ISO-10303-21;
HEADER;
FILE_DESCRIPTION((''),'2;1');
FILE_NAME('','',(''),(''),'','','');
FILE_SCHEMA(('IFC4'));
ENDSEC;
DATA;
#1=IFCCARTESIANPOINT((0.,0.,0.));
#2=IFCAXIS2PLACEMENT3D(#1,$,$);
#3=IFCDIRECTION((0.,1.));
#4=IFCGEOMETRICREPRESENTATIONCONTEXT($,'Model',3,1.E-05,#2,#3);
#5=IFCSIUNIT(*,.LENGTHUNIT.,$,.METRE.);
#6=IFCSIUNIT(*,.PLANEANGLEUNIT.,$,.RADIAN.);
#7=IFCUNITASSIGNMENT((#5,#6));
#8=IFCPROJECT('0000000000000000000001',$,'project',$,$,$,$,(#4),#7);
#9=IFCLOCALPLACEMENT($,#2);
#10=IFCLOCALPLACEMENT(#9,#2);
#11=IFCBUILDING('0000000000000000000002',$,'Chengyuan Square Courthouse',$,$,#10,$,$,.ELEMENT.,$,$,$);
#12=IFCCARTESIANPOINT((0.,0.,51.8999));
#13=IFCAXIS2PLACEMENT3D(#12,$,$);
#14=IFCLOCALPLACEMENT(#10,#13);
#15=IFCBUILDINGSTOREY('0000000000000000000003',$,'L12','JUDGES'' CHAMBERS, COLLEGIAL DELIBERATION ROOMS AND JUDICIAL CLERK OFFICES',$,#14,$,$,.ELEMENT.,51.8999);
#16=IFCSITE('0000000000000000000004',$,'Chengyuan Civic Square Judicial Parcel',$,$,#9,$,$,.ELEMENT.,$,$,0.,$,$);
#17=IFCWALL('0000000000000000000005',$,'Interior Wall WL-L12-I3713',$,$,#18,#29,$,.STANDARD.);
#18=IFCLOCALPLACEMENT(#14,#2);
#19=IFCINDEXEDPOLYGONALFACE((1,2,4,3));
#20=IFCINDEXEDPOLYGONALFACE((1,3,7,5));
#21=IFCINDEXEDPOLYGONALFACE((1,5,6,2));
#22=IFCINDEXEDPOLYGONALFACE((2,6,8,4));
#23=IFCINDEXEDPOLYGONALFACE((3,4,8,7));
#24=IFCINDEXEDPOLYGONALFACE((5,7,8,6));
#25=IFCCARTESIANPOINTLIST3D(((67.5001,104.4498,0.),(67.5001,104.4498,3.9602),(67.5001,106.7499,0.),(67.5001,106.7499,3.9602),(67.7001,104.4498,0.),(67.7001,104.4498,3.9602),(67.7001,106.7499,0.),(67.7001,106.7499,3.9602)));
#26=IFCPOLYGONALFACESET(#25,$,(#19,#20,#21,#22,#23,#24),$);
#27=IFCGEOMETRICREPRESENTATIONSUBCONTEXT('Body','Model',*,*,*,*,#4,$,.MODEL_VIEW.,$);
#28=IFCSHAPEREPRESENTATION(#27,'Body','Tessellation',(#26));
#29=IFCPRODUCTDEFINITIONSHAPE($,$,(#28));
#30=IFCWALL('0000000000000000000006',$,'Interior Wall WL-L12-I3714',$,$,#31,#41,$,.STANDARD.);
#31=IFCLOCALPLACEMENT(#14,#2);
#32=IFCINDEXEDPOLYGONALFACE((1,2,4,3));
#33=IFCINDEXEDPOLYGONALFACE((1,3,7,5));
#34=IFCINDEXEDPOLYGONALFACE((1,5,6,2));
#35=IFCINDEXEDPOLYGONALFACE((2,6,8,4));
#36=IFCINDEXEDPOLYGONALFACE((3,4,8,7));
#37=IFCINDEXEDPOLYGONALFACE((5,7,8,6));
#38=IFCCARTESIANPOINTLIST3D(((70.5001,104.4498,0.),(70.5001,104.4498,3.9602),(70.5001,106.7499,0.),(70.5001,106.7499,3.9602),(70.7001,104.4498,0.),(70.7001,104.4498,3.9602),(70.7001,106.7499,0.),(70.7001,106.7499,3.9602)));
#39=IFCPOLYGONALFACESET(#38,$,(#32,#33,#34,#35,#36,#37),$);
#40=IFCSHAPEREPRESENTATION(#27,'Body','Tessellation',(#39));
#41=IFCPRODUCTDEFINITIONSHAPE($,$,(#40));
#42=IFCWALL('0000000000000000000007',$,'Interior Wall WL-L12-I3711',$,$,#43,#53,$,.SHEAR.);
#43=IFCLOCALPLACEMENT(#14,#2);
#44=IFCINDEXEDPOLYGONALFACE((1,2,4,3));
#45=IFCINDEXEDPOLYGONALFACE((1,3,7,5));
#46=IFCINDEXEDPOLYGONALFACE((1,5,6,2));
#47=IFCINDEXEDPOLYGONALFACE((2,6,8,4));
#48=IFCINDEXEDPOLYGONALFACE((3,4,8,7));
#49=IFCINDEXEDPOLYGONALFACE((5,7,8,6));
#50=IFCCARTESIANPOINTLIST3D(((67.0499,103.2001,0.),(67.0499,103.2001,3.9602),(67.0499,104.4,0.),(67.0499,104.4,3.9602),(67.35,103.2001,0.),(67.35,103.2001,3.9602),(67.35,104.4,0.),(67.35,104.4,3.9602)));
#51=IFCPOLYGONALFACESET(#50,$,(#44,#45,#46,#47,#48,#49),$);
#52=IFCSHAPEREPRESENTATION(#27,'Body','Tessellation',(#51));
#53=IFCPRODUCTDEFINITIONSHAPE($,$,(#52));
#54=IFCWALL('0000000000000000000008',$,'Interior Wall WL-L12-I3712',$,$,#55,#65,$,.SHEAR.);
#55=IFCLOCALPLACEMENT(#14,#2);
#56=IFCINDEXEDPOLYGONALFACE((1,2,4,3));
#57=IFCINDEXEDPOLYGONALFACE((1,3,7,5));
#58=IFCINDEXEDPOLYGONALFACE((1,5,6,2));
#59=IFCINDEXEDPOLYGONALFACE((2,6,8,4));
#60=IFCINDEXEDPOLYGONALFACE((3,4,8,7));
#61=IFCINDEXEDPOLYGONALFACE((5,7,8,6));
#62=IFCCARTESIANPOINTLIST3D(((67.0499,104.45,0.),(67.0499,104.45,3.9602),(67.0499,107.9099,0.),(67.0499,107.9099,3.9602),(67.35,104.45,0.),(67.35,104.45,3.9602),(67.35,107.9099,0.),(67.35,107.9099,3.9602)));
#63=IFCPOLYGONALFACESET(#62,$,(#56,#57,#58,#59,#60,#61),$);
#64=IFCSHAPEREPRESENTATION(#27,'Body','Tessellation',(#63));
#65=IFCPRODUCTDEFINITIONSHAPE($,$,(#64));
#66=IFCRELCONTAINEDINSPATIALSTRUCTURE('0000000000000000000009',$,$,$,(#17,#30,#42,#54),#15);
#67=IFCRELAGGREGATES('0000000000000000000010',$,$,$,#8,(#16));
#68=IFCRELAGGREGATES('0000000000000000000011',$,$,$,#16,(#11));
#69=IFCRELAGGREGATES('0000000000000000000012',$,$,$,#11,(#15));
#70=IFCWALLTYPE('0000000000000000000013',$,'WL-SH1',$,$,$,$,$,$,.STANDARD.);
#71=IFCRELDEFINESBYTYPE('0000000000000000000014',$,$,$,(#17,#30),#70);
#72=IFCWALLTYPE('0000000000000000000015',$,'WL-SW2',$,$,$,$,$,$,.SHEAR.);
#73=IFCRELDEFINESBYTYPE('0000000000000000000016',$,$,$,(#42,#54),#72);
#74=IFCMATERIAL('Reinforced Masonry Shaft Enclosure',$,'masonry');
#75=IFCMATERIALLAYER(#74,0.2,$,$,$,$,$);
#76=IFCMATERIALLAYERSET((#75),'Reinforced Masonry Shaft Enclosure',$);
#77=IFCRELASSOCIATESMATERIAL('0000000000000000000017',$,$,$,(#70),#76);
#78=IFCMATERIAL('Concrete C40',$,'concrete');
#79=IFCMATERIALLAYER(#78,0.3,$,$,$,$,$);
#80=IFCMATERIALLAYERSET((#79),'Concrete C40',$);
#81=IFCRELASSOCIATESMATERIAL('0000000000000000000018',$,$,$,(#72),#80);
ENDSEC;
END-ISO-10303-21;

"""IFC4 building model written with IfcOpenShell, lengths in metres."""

from ifc_helpers import new_model, si_unit, direction, frame, frame_2d, origin, place, context, subcontext, project, spatial, rectangle, extrude, material, layer, layer_set, type_object, element, save


model = new_model("IFC4")

# Units and contexts
model_context = context("Model", 3, precision=1e-05, world=origin(), true_north=direction((0.0, 1.0)))
body_context = subcontext(model_context, "Body", "Model", "MODEL_VIEW")
ifc_project = project(units=[si_unit("LENGTHUNIT", "METRE"), si_unit("PLANEANGLEUNIT", "RADIAN")], contexts=[model_context])

# Site, building, storey
site_placement = place(None, origin())
site = spatial("IfcSite", under=ifc_project, at=site_placement, Name="Chengyuan Civic Square Judicial Parcel", CompositionType="ELEMENT", RefElevation=0.0)
building_placement = place(site_placement, origin())
building = spatial("IfcBuilding", under=site, at=building_placement, Name="Chengyuan Square Courthouse", CompositionType="ELEMENT")
storey_placement = place(building_placement, frame((0.0, 0.0, 51.8999)))
storey = spatial("IfcBuildingStorey", under=building, at=storey_placement, Name="L12", Description="JUDGES' CHAMBERS, COLLEGIAL DELIBERATION ROOMS AND JUDICIAL CLERK OFFICES", CompositionType="ELEMENT", Elevation=51.8999)

# Shared definitions
ifc_material_1 = material(Name="Concrete C40", Category="concrete")

# Shared definitions
ifc_material_2 = material(Name="Reinforced Masonry Shaft Enclosure", Category="masonry")
ifc_layer_1 = layer(ifc_material_2, 0.2)
ifc_layer_set_1 = layer_set([ifc_layer_1], Name="Reinforced Masonry Shaft Enclosure")
wall_type_1 = type_object("IfcWallType", Name="WL-SH1", PredefinedType="STANDARD", material=ifc_layer_set_1)

# Walls
for number, where, z_axis, x_axis, name in (
    (1, (67.6001, 104.45, 0.0), (0.0, 0.0, 1.0), (0.0, 1.0, 0.0), "Interior Wall WL-L12-I3713"),
    (2, (70.6001, 104.45, 0.0), (0.0, 0.0, 1.0), (0.0, 1.0, 0.0), "Interior Wall WL-L12-I3714"),
):
    element("IfcWall", number, at=place(storey_placement, frame(where, z_axis=z_axis, x_axis=x_axis)), inside=storey, type_object=wall_type_1, Name=name, PredefinedType="STANDARD", context=body_context, shape_type="SweptSolid", body=[
        extrude(rectangle(XDim=2.3, YDim=0.2, at=frame_2d((1.1499, 0.0))), origin(), (0.0, 0.0, 1.0), 3.9602),
    ])
ifc_layer_2 = layer(ifc_material_1, 0.3)
ifc_layer_set_2 = layer_set([ifc_layer_2], Name="Concrete C40")
wall_type_2 = type_object("IfcWallType", Name="WL-SW2", PredefinedType="SHEAR", material=ifc_layer_set_2)
wall_1_placement = place(storey_placement, frame((67.2, 103.2, 0.0), z_axis=(0.0, 0.0, 1.0), x_axis=(0.0, 1.0, 0.0)))
element("IfcWall", 3, at=wall_1_placement, inside=storey, type_object=wall_type_2, Name="Interior Wall WL-L12-I3711", PredefinedType="SHEAR", context=body_context, shape_type="SweptSolid", body=[
    extrude(rectangle(XDim=1.2, YDim=0.3, at=frame_2d((0.6001, 0.0))), origin(), (0.0, 0.0, 1.0), 3.9602),
])
wall_2_placement = place(storey_placement, frame((67.2, 104.45, 0.0), z_axis=(0.0, 0.0, 1.0), x_axis=(0.0, 1.0, 0.0)))
element("IfcWall", 4, at=wall_2_placement, inside=storey, type_object=wall_type_2, Name="Interior Wall WL-L12-I3712", PredefinedType="SHEAR", context=body_context, shape_type="SweptSolid", body=[
    extrude(rectangle(XDim=3.46, YDim=0.3, at=frame_2d((1.73, 0.0))), origin(), (0.0, 0.0, 1.0), 3.9602),
])

save(model, "model.ifc")
